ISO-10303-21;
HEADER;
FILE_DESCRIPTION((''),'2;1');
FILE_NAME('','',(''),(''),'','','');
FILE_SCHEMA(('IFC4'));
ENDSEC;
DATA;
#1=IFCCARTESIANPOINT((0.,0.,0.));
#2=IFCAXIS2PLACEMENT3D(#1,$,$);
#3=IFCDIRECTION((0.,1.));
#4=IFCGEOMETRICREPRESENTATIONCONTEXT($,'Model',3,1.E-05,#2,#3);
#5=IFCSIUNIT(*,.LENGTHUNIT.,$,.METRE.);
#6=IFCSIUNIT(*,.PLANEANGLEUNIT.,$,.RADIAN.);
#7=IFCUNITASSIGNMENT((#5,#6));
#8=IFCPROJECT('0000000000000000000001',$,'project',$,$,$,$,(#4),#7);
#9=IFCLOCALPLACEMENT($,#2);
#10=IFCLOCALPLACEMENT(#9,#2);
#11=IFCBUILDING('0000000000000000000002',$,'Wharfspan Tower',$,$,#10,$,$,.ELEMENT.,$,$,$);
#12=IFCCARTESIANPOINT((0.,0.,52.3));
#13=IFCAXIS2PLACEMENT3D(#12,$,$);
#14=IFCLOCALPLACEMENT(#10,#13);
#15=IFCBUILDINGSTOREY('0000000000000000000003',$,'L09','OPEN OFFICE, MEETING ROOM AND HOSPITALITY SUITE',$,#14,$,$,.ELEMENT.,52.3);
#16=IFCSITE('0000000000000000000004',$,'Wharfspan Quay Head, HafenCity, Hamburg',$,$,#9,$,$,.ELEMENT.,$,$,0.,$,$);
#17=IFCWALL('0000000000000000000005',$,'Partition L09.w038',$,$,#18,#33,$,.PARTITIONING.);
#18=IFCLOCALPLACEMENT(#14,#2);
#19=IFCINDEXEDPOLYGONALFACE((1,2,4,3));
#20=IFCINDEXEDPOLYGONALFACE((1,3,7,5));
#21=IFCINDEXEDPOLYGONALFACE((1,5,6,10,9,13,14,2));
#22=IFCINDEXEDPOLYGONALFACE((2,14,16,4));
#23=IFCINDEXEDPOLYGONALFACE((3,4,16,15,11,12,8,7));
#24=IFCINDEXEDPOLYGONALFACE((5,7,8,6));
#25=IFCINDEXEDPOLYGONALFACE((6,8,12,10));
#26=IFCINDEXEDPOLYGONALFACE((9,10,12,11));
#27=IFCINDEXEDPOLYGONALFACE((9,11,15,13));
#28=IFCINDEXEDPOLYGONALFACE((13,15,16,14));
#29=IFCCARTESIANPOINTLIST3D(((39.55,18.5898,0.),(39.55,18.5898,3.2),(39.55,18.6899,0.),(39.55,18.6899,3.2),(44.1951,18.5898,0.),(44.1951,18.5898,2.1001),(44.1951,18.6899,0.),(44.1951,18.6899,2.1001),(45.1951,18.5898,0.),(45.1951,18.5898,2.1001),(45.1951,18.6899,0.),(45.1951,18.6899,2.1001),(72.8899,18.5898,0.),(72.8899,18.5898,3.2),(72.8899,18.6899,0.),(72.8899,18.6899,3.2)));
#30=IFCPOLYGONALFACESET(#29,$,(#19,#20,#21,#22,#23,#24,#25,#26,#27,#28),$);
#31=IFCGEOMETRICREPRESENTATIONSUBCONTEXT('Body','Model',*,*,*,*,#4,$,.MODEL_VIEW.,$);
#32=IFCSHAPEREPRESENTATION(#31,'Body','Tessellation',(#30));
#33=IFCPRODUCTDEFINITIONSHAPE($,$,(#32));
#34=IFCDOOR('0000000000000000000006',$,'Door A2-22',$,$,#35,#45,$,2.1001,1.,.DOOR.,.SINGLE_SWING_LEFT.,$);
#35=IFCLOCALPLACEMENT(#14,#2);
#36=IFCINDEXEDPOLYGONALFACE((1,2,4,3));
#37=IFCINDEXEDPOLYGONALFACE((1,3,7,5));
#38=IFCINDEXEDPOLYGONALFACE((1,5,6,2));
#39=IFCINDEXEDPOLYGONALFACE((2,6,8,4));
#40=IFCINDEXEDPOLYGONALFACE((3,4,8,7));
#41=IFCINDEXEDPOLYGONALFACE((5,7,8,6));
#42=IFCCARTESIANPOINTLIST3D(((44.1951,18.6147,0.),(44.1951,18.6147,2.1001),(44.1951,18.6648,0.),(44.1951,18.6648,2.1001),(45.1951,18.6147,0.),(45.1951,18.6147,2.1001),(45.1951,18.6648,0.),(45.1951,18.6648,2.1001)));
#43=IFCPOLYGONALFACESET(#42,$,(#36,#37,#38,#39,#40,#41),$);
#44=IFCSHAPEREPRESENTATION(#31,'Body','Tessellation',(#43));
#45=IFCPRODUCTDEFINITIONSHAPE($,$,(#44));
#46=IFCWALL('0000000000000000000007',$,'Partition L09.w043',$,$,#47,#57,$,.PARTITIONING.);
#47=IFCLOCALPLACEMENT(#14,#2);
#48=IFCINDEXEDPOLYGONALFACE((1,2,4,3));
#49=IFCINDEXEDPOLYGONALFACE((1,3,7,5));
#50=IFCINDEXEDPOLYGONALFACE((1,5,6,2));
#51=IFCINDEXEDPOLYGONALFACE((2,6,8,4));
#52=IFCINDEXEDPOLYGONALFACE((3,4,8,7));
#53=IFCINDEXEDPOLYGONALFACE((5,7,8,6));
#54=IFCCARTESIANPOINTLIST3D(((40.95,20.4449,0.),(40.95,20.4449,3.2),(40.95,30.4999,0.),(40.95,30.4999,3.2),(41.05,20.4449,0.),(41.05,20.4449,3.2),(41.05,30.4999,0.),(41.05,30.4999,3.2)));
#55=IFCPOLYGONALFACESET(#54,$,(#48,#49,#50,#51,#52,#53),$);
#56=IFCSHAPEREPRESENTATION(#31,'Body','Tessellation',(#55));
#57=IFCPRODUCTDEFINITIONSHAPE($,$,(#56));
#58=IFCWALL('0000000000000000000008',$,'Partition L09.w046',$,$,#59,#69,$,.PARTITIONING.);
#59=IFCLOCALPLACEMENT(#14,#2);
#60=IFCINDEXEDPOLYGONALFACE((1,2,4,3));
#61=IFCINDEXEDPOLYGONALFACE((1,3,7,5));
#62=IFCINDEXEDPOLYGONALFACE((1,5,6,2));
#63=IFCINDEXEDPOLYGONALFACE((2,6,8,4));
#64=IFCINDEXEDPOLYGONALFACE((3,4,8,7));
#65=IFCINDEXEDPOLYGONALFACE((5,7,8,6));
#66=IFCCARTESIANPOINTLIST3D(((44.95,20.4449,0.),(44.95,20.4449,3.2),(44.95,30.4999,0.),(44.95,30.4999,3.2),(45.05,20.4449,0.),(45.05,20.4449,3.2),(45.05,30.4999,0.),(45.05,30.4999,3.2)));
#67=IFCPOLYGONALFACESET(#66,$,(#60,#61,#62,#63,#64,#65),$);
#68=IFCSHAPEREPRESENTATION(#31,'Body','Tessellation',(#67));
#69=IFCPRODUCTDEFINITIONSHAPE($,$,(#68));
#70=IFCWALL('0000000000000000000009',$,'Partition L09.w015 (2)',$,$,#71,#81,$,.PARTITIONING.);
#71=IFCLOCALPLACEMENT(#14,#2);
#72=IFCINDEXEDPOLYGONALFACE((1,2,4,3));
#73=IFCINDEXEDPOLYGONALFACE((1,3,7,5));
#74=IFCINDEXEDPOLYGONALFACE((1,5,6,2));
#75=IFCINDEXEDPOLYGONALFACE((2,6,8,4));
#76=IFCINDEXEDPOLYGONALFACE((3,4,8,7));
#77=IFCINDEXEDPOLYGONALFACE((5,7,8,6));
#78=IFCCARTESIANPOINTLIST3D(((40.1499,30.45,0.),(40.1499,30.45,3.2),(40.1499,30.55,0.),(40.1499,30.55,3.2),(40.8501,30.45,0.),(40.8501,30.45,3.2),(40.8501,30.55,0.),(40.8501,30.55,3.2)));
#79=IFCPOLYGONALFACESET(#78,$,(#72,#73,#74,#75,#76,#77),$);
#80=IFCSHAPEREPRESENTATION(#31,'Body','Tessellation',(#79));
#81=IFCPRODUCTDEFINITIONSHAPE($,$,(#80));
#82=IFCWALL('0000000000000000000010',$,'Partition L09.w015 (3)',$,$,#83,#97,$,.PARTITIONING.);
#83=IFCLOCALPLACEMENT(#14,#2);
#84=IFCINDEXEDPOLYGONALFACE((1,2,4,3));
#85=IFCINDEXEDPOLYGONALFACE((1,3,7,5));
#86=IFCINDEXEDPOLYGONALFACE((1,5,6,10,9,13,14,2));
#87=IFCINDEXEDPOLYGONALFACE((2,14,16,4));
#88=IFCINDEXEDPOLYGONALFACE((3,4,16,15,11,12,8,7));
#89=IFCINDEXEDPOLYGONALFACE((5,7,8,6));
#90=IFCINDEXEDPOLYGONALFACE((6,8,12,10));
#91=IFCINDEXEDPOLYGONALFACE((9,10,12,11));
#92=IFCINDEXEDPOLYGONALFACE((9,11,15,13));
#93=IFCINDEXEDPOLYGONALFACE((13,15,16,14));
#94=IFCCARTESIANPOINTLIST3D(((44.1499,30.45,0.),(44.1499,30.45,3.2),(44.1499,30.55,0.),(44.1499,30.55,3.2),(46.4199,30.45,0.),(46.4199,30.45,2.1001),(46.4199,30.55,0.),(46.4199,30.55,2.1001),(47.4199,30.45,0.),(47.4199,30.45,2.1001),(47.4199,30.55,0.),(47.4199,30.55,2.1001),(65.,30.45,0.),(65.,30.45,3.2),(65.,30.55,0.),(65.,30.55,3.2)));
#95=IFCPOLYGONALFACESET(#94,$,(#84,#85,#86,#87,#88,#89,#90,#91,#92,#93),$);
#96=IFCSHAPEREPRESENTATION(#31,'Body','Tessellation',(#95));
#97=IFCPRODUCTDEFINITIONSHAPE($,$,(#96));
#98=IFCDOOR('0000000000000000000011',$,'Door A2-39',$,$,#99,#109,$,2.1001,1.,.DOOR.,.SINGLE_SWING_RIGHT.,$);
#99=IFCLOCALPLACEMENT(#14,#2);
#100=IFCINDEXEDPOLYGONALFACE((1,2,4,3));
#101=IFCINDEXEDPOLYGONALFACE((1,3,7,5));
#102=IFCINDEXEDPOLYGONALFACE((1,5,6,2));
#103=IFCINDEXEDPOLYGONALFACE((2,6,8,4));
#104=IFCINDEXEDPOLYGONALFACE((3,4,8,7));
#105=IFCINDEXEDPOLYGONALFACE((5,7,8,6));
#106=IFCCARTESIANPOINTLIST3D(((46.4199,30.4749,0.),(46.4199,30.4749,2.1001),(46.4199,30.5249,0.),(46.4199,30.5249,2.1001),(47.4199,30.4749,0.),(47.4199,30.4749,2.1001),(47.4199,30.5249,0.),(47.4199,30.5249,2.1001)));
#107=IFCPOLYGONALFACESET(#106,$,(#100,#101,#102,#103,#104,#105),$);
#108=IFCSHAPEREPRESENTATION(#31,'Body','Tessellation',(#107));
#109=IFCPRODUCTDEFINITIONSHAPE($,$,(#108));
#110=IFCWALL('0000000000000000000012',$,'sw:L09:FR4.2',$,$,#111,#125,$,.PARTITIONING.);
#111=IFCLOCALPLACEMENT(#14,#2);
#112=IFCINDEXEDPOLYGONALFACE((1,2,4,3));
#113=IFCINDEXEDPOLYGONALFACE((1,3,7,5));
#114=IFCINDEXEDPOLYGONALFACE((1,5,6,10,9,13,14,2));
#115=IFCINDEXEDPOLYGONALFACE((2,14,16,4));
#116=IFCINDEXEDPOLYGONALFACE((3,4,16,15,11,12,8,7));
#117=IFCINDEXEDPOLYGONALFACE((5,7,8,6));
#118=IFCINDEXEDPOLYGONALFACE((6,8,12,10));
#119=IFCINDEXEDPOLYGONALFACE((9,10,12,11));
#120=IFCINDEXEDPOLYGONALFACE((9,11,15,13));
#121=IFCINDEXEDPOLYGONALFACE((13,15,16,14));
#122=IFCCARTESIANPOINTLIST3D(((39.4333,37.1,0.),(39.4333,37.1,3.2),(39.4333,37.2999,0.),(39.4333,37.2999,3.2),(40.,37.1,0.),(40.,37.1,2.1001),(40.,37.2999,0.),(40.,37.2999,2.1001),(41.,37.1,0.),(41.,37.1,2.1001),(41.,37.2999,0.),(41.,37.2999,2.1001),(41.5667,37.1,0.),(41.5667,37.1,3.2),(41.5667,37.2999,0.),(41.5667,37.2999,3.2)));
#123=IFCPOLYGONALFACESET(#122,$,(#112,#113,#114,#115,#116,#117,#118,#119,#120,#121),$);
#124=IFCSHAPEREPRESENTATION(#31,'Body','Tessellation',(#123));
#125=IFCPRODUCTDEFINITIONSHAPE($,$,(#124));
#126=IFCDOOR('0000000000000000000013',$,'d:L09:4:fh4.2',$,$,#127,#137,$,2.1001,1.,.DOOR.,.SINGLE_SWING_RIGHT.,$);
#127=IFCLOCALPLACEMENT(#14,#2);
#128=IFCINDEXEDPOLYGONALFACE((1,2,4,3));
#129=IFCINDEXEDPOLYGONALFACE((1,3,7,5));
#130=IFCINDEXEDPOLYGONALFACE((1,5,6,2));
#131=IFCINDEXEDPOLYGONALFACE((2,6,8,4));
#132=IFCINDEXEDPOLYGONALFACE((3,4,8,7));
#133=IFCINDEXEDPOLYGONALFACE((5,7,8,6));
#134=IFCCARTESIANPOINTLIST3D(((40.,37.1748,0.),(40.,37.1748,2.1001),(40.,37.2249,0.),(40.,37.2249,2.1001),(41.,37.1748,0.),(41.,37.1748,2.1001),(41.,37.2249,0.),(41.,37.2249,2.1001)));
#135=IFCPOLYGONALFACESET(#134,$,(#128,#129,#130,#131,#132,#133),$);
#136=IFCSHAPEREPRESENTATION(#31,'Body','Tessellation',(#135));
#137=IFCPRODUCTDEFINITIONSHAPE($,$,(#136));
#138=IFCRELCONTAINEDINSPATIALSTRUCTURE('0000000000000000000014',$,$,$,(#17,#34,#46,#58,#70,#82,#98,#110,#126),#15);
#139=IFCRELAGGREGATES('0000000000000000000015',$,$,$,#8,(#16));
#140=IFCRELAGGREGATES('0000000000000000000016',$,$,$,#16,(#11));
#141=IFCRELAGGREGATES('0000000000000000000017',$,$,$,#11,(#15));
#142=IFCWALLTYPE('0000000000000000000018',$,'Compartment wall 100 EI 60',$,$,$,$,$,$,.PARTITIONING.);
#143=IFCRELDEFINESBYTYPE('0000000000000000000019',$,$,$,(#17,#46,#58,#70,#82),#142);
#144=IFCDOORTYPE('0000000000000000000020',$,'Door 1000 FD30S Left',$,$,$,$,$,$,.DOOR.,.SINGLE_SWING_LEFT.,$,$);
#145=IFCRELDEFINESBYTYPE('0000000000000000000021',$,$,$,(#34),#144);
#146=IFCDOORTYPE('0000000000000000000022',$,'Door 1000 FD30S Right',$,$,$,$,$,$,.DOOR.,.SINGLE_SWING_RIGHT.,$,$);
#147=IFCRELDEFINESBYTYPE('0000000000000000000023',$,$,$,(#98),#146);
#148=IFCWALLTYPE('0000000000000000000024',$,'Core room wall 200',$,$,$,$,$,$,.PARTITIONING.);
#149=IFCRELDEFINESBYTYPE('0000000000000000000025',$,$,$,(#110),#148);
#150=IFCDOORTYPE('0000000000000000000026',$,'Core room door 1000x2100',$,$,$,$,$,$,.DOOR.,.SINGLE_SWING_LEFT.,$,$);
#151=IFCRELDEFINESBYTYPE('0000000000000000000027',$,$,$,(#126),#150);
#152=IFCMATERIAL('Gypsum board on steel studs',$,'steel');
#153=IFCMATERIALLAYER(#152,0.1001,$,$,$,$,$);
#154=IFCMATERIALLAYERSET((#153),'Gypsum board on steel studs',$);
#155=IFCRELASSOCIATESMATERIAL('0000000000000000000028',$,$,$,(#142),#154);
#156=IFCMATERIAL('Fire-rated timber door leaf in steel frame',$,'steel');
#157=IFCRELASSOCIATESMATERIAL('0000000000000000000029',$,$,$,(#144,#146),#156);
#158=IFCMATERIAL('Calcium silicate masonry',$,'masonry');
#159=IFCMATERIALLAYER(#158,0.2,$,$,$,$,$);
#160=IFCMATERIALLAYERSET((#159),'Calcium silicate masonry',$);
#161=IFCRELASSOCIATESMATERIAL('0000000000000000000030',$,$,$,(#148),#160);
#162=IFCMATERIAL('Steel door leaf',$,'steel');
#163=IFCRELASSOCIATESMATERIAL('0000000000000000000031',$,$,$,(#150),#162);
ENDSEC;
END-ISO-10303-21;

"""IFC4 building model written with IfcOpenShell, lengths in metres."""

from ifc_helpers import new_model, si_unit, direction, frame, frame_2d, origin, place, context, subcontext, project, spatial, rectangle, extrude, material, layer, layer_set, type_object, element, fill, save


model = new_model("IFC4")

# Units and contexts
model_context = context("Model", 3, precision=1e-05, world=origin(), true_north=direction((0.0, 1.0)))
body_context = subcontext(model_context, "Body", "Model", "MODEL_VIEW")
ifc_project = project(units=[si_unit("LENGTHUNIT", "METRE"), si_unit("PLANEANGLEUNIT", "RADIAN")], contexts=[model_context])

# Site, building, storey
site_placement = place(None, origin())
site = spatial("IfcSite", under=ifc_project, at=site_placement, Name="Wharfspan Quay Head, HafenCity, Hamburg", CompositionType="ELEMENT", RefElevation=0.0)
building_placement = place(site_placement, origin())
building = spatial("IfcBuilding", under=site, at=building_placement, Name="Wharfspan Tower", CompositionType="ELEMENT")
storey_placement = place(building_placement, frame((0.0, 0.0, 52.3)))
storey = spatial("IfcBuildingStorey", under=building, at=storey_placement, Name="L09", Description="OPEN OFFICE, MEETING ROOM AND HOSPITALITY SUITE", CompositionType="ELEMENT", Elevation=52.3)

# Wall, opening, door
ifc_material_1 = material(Name="Gypsum board on steel studs", Category="steel")
ifc_layer_1 = layer(ifc_material_1, 0.1001)
ifc_layer_set_1 = layer_set([ifc_layer_1], Name="Gypsum board on steel studs")
wall_type_1 = type_object("IfcWallType", Name="Compartment wall 100 EI 60", PredefinedType="PARTITIONING", material=ifc_layer_set_1)
wall_1_placement = place(storey_placement, frame((39.55, 18.6399, 0.0), z_axis=(0.0, 0.0, 1.0), x_axis=(1.0, 0.0, 0.0)))
wall_1 = element("IfcWall", 1, at=wall_1_placement, inside=storey, type_object=wall_type_1, Name="Partition L09.w038", PredefinedType="PARTITIONING", context=body_context, shape_type="SweptSolid", body=[
    extrude(rectangle(XDim=33.3398, YDim=0.1001, at=frame_2d((16.6699, 0.0))), origin(), (0.0, 0.0, 1.0), 3.2),
])
opening_1_placement = place(wall_1_placement, frame((4.645, 0.0, 0.0)))
opening_1 = element("IfcOpeningElement", 2, at=opening_1_placement, cuts=wall_1, PredefinedType="OPENING", context=body_context, shape_type="SweptSolid", body=[
    extrude(rectangle(XDim=1.0, YDim=2.1001, at=frame_2d((0.5, 1.05))), frame((0.0, 0.0601, 0.0), z_axis=(0.0, -1.0, 0.0), x_axis=(1.0, 0.0, 0.0)), (0.0, 0.0, 1.0), 0.1201),
])
ifc_material_2 = material(Name="Fire-rated timber door leaf in steel frame", Category="steel")
door_type_1 = type_object("IfcDoorType", Name="Door 1000 FD30S Left", OperationType="SINGLE_SWING_LEFT", PredefinedType="DOOR", material=ifc_material_2)
door_1_placement = place(opening_1_placement, origin())
door_1 = element("IfcDoor", 3, at=door_1_placement, inside=storey, type_object=door_type_1, Name="Door A2-22", OperationType="SINGLE_SWING_LEFT", OverallHeight=2.1001, OverallWidth=1.0, PredefinedType="DOOR", context=body_context, shape_type="SweptSolid", body=[
    extrude(rectangle(XDim=1.0, YDim=2.1001, at=frame_2d((0.5, 1.05))), frame((0.0, 0.0249, 0.0), z_axis=(0.0, -1.0, 0.0), x_axis=(1.0, 0.0, 0.0)), (0.0, 0.0, 1.0), 0.05),
])
fill(opening_1, door_1)

# Walls
for number, where, z_axis, x_axis, name in (
    (4, (41.0, 20.4451, 0.0), (0.0, 0.0, 1.0), (0.0, 1.0, 0.0), "Partition L09.w043"),
    (5, (45.0, 20.4451, 0.0), (0.0, 0.0, 1.0), (0.0, 1.0, 0.0), "Partition L09.w046"),
):
    element("IfcWall", number, at=place(storey_placement, frame(where, z_axis=z_axis, x_axis=x_axis)), inside=storey, type_object=wall_type_1, Name=name, PredefinedType="PARTITIONING", context=body_context, shape_type="SweptSolid", body=[
        extrude(rectangle(XDim=10.0549, YDim=0.1001, at=frame_2d((5.0273, 0.0))), origin(), (0.0, 0.0, 1.0), 3.2),
    ])
wall_2_placement = place(storey_placement, frame((40.1499, 30.5, 0.0), z_axis=(0.0, 0.0, 1.0), x_axis=(1.0, 0.0, 0.0)))
element("IfcWall", 6, at=wall_2_placement, inside=storey, type_object=wall_type_1, Name="Partition L09.w015 (2)", PredefinedType="PARTITIONING", context=body_context, shape_type="SweptSolid", body=[
    extrude(rectangle(XDim=0.7002, YDim=0.1001, at=frame_2d((0.3501, 0.0))), origin(), (0.0, 0.0, 1.0), 3.2),
])

# Walls, openings, doors
wall_3_placement = place(storey_placement, frame((44.1499, 30.5, 0.0), z_axis=(0.0, 0.0, 1.0), x_axis=(1.0, 0.0, 0.0)))
wall_3 = element("IfcWall", 7, at=wall_3_placement, inside=storey, type_object=wall_type_1, Name="Partition L09.w015 (3)", PredefinedType="PARTITIONING", context=body_context, shape_type="SweptSolid", body=[
    extrude(rectangle(XDim=20.8501, YDim=0.1001, at=frame_2d((10.425, 0.0))), origin(), (0.0, 0.0, 1.0), 3.2),
])
opening_2_placement = place(wall_3_placement, frame((2.27, 0.0, 0.0)))
opening_2 = element("IfcOpeningElement", 8, at=opening_2_placement, cuts=wall_3, PredefinedType="OPENING", context=body_context, shape_type="SweptSolid", body=[
    extrude(rectangle(XDim=1.0, YDim=2.1001, at=frame_2d((0.5, 1.05))), frame((0.0, 0.0601, 0.0), z_axis=(0.0, -1.0, 0.0), x_axis=(1.0, 0.0, 0.0)), (0.0, 0.0, 1.0), 0.1201),
])
door_type_2 = type_object("IfcDoorType", Name="Door 1000 FD30S Right", OperationType="SINGLE_SWING_RIGHT", PredefinedType="DOOR", material=ifc_material_2)
door_2_placement = place(opening_2_placement, origin())
door_2 = element("IfcDoor", 9, at=door_2_placement, inside=storey, type_object=door_type_2, Name="Door A2-39", OperationType="SINGLE_SWING_RIGHT", OverallHeight=2.1001, OverallWidth=1.0, PredefinedType="DOOR", context=body_context, shape_type="SweptSolid", body=[
    extrude(rectangle(XDim=1.0, YDim=2.1001, at=frame_2d((0.5, 1.05))), frame((0.0, 0.0249, 0.0), z_axis=(0.0, -1.0, 0.0), x_axis=(1.0, 0.0, 0.0)), (0.0, 0.0, 1.0), 0.05),
])
fill(opening_2, door_2)
ifc_material_3 = material(Name="Calcium silicate masonry", Category="masonry")
ifc_layer_2 = layer(ifc_material_3, 0.2)
ifc_layer_set_2 = layer_set([ifc_layer_2], Name="Calcium silicate masonry")
wall_type_2 = type_object("IfcWallType", Name="Core room wall 200", PredefinedType="PARTITIONING", material=ifc_layer_set_2)
wall_4_placement = place(storey_placement, frame((39.4333, 37.2, 0.0), z_axis=(0.0, 0.0, 1.0), x_axis=(1.0, 0.0, 0.0)))
wall_4 = element("IfcWall", 10, at=wall_4_placement, inside=storey, type_object=wall_type_2, Name="sw:L09:FR4.2", PredefinedType="PARTITIONING", context=body_context, shape_type="SweptSolid", body=[
    extrude(rectangle(XDim=2.1333, YDim=0.2, at=frame_2d((1.0667, 0.0))), origin(), (0.0, 0.0, 1.0), 3.2),
])
opening_3_placement = place(wall_4_placement, frame((0.5666, 0.0, 0.0)))
opening_3 = element("IfcOpeningElement", 11, at=opening_3_placement, cuts=wall_4, PredefinedType="OPENING", context=body_context, shape_type="SweptSolid", body=[
    extrude(rectangle(XDim=1.0, YDim=2.1001, at=frame_2d((0.5, 1.05))), frame((0.0, 0.1099, 0.0), z_axis=(0.0, -1.0, 0.0), x_axis=(1.0, 0.0, 0.0)), (0.0, 0.0, 1.0), 0.22),
])
ifc_material_4 = material(Name="Steel door leaf", Category="steel")
door_type_3 = type_object("IfcDoorType", Name="Core room door 1000x2100", OperationType="SINGLE_SWING_LEFT", PredefinedType="DOOR", material=ifc_material_4)
door_3_placement = place(opening_3_placement, origin())
door_3 = element("IfcDoor", 12, at=door_3_placement, inside=storey, type_object=door_type_3, Name="d:L09:4:fh4.2", OperationType="SINGLE_SWING_RIGHT", OverallHeight=2.1001, OverallWidth=1.0, PredefinedType="DOOR", context=body_context, shape_type="SweptSolid", body=[
    extrude(rectangle(XDim=1.0, YDim=2.1001, at=frame_2d((0.5, 1.05))), frame((0.0, 0.0249, 0.0), z_axis=(0.0, -1.0, 0.0), x_axis=(1.0, 0.0, 0.0)), (0.0, 0.0, 1.0), 0.05),
])
fill(opening_3, door_3)

save(model, "model.ifc")
